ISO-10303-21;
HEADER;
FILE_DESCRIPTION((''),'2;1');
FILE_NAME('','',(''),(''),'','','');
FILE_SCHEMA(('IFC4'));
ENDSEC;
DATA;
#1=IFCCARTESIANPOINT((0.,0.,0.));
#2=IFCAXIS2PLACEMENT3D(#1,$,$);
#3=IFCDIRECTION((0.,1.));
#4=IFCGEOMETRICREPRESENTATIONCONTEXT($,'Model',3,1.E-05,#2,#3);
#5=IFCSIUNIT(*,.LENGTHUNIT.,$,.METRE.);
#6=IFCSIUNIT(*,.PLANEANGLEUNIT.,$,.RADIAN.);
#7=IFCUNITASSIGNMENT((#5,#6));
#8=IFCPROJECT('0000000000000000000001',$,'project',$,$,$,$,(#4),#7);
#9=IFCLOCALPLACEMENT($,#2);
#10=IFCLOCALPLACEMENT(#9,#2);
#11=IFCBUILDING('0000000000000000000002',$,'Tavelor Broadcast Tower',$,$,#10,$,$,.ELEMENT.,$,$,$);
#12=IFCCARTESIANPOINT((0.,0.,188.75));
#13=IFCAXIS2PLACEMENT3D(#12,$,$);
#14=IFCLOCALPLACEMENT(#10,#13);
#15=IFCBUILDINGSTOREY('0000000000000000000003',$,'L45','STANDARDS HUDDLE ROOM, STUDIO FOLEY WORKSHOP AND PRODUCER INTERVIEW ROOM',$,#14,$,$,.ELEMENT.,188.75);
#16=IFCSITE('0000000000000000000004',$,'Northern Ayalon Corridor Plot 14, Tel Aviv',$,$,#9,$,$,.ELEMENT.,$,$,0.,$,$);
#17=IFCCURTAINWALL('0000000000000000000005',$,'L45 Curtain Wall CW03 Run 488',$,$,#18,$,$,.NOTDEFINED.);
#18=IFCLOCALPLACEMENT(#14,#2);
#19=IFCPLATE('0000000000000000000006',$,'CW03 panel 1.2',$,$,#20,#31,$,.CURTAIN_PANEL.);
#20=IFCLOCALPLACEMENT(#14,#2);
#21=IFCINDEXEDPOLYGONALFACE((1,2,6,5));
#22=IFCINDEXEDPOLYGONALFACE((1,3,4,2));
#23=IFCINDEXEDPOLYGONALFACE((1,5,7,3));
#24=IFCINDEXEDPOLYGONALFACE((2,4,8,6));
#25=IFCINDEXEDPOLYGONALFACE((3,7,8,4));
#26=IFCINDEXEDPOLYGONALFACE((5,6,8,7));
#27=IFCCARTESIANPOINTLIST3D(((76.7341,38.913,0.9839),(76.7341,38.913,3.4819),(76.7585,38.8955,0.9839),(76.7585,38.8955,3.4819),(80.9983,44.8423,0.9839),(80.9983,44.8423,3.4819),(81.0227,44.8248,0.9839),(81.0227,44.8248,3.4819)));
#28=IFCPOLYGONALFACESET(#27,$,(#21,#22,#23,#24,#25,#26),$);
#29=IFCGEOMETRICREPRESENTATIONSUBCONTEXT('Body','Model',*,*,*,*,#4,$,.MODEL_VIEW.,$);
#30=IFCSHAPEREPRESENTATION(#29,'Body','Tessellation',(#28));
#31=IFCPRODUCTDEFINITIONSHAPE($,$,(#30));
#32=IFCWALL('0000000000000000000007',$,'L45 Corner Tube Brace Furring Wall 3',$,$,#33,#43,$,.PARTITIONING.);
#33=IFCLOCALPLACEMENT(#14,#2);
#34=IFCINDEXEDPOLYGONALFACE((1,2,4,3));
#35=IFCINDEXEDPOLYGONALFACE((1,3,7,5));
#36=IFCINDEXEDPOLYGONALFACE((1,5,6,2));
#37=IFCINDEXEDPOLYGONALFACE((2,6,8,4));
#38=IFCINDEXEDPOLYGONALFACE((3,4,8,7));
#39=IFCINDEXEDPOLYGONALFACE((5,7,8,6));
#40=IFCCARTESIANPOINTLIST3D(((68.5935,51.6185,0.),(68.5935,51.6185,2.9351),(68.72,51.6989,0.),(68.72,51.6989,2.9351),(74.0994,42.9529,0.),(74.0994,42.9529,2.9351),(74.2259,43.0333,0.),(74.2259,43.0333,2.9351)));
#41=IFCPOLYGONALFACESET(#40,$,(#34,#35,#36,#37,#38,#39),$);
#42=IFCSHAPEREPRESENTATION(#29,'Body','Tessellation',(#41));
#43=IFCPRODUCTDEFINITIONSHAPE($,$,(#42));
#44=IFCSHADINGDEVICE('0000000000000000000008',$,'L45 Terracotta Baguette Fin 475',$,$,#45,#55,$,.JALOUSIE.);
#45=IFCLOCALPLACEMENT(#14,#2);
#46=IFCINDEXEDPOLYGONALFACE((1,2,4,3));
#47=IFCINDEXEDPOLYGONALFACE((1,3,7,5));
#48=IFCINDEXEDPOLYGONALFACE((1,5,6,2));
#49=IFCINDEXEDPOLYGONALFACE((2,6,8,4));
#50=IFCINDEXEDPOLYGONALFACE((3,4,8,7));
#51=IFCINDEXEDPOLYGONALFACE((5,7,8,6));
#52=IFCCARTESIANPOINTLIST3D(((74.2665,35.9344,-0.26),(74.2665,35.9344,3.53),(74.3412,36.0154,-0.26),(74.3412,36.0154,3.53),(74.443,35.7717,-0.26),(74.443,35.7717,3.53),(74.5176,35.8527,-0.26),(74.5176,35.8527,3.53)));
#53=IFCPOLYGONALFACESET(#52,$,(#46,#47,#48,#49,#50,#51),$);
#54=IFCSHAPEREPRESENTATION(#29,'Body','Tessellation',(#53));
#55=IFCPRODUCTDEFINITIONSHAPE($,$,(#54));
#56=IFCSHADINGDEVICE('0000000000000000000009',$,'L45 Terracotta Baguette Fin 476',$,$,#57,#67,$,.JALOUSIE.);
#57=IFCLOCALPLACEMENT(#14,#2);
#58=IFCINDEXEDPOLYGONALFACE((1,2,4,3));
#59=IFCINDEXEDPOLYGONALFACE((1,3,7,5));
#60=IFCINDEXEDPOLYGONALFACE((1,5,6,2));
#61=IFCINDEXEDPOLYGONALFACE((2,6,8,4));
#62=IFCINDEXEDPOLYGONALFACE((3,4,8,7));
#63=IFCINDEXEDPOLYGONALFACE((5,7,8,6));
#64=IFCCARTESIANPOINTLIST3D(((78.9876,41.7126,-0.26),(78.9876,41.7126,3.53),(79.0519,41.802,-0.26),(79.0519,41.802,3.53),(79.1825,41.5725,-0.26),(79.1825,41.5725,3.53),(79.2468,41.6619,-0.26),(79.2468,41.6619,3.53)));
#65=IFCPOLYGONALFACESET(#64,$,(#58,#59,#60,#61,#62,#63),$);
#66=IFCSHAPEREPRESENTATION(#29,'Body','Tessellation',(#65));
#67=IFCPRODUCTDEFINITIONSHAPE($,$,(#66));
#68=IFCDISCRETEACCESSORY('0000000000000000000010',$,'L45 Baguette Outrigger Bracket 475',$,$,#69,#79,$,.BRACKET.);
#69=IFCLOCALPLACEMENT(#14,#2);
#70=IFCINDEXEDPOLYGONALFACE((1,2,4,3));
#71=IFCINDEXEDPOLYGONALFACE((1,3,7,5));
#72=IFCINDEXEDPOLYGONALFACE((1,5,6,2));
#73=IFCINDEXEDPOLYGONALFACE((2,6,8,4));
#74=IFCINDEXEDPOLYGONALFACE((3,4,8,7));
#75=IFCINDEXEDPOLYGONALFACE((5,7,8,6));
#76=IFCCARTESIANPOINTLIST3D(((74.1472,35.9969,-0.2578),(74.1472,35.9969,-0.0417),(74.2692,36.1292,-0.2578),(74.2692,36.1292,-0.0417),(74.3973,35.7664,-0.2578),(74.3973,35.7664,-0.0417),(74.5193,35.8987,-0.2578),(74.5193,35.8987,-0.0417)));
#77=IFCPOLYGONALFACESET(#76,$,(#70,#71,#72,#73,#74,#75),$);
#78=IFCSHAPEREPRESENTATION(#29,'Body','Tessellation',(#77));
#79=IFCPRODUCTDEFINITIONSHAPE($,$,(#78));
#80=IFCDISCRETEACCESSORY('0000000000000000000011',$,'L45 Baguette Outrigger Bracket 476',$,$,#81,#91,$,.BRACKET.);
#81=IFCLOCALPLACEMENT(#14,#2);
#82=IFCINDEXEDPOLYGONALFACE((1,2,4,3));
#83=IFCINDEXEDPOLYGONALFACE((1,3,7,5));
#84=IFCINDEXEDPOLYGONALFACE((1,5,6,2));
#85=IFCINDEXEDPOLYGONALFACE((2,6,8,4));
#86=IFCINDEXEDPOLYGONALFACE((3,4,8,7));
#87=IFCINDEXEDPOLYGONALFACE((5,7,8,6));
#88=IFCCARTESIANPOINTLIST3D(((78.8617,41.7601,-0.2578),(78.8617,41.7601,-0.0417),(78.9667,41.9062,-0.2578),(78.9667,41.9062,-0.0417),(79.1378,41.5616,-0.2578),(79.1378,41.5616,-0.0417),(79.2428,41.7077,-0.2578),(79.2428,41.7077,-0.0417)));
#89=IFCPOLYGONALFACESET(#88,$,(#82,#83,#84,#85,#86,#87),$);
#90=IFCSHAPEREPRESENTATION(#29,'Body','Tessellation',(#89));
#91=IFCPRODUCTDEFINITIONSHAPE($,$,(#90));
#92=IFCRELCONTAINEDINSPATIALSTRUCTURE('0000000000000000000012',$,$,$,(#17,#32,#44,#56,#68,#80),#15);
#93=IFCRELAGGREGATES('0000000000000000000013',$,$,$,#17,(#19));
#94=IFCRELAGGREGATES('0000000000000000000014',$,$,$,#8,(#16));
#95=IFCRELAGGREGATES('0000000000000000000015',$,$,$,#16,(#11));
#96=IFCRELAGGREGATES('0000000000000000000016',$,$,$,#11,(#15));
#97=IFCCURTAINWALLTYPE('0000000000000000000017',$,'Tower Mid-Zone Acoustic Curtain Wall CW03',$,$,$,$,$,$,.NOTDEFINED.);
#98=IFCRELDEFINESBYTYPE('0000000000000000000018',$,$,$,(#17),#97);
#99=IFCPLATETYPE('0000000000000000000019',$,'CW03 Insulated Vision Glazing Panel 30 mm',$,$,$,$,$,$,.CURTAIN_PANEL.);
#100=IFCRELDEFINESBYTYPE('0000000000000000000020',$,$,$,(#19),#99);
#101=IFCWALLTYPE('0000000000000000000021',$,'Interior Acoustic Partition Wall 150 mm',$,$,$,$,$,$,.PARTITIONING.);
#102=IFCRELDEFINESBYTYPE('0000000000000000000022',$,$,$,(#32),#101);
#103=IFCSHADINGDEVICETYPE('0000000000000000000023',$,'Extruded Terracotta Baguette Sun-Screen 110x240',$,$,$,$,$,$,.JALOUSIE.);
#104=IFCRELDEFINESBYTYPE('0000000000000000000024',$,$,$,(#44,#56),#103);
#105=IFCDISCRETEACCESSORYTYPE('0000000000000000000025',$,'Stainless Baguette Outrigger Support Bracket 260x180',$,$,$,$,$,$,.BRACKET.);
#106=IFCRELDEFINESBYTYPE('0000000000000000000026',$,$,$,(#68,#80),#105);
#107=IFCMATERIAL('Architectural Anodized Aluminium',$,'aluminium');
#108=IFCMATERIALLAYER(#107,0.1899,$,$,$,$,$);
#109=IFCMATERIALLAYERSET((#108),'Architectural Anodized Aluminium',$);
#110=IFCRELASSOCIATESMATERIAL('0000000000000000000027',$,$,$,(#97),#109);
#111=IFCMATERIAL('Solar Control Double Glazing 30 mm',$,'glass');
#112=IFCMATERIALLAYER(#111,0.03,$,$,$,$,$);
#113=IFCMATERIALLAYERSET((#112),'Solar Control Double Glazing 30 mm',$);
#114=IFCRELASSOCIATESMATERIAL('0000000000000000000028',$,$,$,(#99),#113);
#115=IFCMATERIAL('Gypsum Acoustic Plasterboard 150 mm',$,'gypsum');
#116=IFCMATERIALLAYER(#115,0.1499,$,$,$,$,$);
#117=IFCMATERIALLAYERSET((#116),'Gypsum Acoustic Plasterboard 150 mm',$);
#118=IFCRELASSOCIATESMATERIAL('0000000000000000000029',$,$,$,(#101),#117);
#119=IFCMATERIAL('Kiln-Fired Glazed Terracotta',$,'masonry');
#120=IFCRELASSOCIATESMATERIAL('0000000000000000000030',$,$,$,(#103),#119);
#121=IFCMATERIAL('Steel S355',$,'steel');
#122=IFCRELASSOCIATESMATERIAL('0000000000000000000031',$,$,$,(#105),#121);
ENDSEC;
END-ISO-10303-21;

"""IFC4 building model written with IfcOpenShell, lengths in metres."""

from ifc_helpers import new_model, si_unit, direction, frame, frame_2d, origin, origin_2d, place, context, subcontext, project, spatial, rectangle, extrude, source, transform, mapped, material, layer, layer_set, type_object, type_shapes, element, aggregate, save


model = new_model("IFC4")

# Units and contexts
model_context = context("Model", 3, precision=1e-05, world=origin(), true_north=direction((0.0, 1.0)))
body_context = subcontext(model_context, "Body", "Model", "MODEL_VIEW")
ifc_project = project(units=[si_unit("LENGTHUNIT", "METRE"), si_unit("PLANEANGLEUNIT", "RADIAN")], contexts=[model_context])

# Site, building, storey
site_placement = place(None, origin())
site = spatial("IfcSite", under=ifc_project, at=site_placement, Name="Northern Ayalon Corridor Plot 14, Tel Aviv", CompositionType="ELEMENT", RefElevation=0.0)
building_placement = place(site_placement, origin())
building = spatial("IfcBuilding", under=site, at=building_placement, Name="Tavelor Broadcast Tower", CompositionType="ELEMENT")
storey_placement = place(building_placement, frame((0.0, 0.0, 188.75)))
storey = spatial("IfcBuildingStorey", under=building, at=storey_placement, Name="L45", Description="STANDARDS HUDDLE ROOM, STUDIO FOLEY WORKSHOP AND PRODUCER INTERVIEW ROOM", CompositionType="ELEMENT", Elevation=188.75)

# Shared definitions
ifc_material_1 = material(Name="Steel S355", Category="steel")

# Shared definitions
ifc_material_2 = material(Name="Architectural Anodized Aluminium", Category="aluminium")
ifc_layer_1 = layer(ifc_material_2, 0.1899)
ifc_layer_set_1 = layer_set([ifc_layer_1], Name="Architectural Anodized Aluminium")
curtain_wall_type = type_object("IfcCurtainWallType", Name="Tower Mid-Zone Acoustic Curtain Wall CW03", PredefinedType="NOTDEFINED", material=ifc_layer_set_1)

# Curtain wall
curtain_wall_1_placement = place(storey_placement, origin())
curtain_wall_1 = element("IfcCurtainWall", 1, at=curtain_wall_1_placement, inside=storey, type_object=curtain_wall_type, Name="L45 Curtain Wall CW03 Run 488", PredefinedType="NOTDEFINED")

# Plate
ifc_material_3 = material(Name="Solar Control Double Glazing 30 mm", Category="glass")
ifc_layer_2 = layer(ifc_material_3, 0.03)
ifc_layer_set_2 = layer_set([ifc_layer_2], Name="Solar Control Double Glazing 30 mm")
plate_type_1 = type_object("IfcPlateType", Name="CW03 Insulated Vision Glazing Panel 30 mm", PredefinedType="CURTAIN_PANEL", material=ifc_layer_set_2)
shared_shape_1 = source(origin(), body_context, "Body", "SweptSolid", [
    extrude(rectangle(XDim=7.3035, YDim=0.03, at=origin_2d()), origin(), (0.0, 0.0, 1.0), 2.498),
])
plate_1_placement = place(storey_placement, frame((78.8784, 41.8689, 0.9839), z_axis=(0.0, 0.0, 1.0), x_axis=(0.583863, 0.811852, 0.0)))
plate_1 = element("IfcPlate", 2, at=plate_1_placement, type_object=plate_type_1, Name="CW03 panel 1.2", PredefinedType="CURTAIN_PANEL", context=body_context, shape_type="MappedRepresentation", body=[
    mapped(shared_shape_1, transform((0.0, 0.0, 0.0), scale=1.0)),
])
aggregate(curtain_wall_1, [plate_1])

# Wall
ifc_material_4 = material(Name="Gypsum Acoustic Plasterboard 150 mm", Category="gypsum")
ifc_layer_3 = layer(ifc_material_4, 0.1499)
ifc_layer_set_3 = layer_set([ifc_layer_3], Name="Gypsum Acoustic Plasterboard 150 mm")
wall_type = type_object("IfcWallType", Name="Interior Acoustic Partition Wall 150 mm", PredefinedType="PARTITIONING", material=ifc_layer_set_3)
wall_placement = place(storey_placement, frame((74.1626, 42.9932, 0.0), z_axis=(0.0, 0.0, 1.0), x_axis=(-0.536281, 0.844039, 0.0)))
element("IfcWall", 3, at=wall_placement, inside=storey, type_object=wall_type, Name="L45 Corner Tube Brace Furring Wall 3", PredefinedType="PARTITIONING", context=body_context, shape_type="SweptSolid", body=[
    extrude(rectangle(XDim=10.2668, YDim=0.1499, at=frame_2d((5.1333, 0.0))), origin(), (0.0, 0.0, 1.0), 2.9351),
])

# Shading devices
ifc_material_5 = material(Name="Kiln-Fired Glazed Terracotta", Category="masonry")
shading_device_type = type_object("IfcShadingDeviceType", Name="Extruded Terracotta Baguette Sun-Screen 110x240", PredefinedType="JALOUSIE", material=ifc_material_5)
shared_shape_2 = source(origin(), body_context, "Body", "SweptSolid", [
    extrude(rectangle(XDim=0.1101, YDim=0.24, at=origin_2d()), origin(), (0.0, 0.0, 1.0), 3.79),
])
type_shapes(shading_device_type, [shared_shape_2])
for number, where, z_axis, x_axis, name in (
    (4, (74.3921, 35.8936, -0.26), (0.0, 0.0, 1.0), (0.677775, 0.73527, 0.0), "L45 Terracotta Baguette Fin 475"),
    (5, (79.1172, 41.6873, -0.26), (0.0, 0.0, 1.0), (0.583825, 0.81188, 0.0), "L45 Terracotta Baguette Fin 476"),
):
    element("IfcShadingDevice", number, at=place(storey_placement, frame(where, z_axis=z_axis, x_axis=x_axis)), inside=storey, type_object=shading_device_type, Name=name, PredefinedType="JALOUSIE", context=body_context, shape_type="MappedRepresentation", body=[
        mapped(shared_shape_2, transform((0.0, 0.0, 0.0), scale=1.0)),
    ])

# Discrete accessories
discrete_accessory_type = type_object("IfcDiscreteAccessoryType", Name="Stainless Baguette Outrigger Support Bracket 260x180", PredefinedType="BRACKET", material=ifc_material_1)
shared_shape_3 = source(origin(), body_context, "Body", "SweptSolid", [
    extrude(rectangle(XDim=0.1799, YDim=0.3401, at=origin_2d()), origin(), (0.0, 0.0, 1.0), 0.2161),
])
type_shapes(discrete_accessory_type, [shared_shape_3])
for number, where, z_axis, x_axis, name in (
    (6, (74.3333, 35.9478, -0.2578), (0.0, 0.0, 1.0), (0.677775, 0.73527, 0.0), "L45 Baguette Outrigger Bracket 475"),
    (7, (79.0522, 41.7339, -0.2578), (0.0, 0.0, 1.0), (0.583825, 0.81188, 0.0), "L45 Baguette Outrigger Bracket 476"),
):
    element("IfcDiscreteAccessory", number, at=place(storey_placement, frame(where, z_axis=z_axis, x_axis=x_axis)), inside=storey, type_object=discrete_accessory_type, Name=name, PredefinedType="BRACKET", context=body_context, shape_type="MappedRepresentation", body=[
        mapped(shared_shape_3, transform((0.0, 0.0, 0.0), scale=1.0)),
    ])

save(model, "model.ifc")
